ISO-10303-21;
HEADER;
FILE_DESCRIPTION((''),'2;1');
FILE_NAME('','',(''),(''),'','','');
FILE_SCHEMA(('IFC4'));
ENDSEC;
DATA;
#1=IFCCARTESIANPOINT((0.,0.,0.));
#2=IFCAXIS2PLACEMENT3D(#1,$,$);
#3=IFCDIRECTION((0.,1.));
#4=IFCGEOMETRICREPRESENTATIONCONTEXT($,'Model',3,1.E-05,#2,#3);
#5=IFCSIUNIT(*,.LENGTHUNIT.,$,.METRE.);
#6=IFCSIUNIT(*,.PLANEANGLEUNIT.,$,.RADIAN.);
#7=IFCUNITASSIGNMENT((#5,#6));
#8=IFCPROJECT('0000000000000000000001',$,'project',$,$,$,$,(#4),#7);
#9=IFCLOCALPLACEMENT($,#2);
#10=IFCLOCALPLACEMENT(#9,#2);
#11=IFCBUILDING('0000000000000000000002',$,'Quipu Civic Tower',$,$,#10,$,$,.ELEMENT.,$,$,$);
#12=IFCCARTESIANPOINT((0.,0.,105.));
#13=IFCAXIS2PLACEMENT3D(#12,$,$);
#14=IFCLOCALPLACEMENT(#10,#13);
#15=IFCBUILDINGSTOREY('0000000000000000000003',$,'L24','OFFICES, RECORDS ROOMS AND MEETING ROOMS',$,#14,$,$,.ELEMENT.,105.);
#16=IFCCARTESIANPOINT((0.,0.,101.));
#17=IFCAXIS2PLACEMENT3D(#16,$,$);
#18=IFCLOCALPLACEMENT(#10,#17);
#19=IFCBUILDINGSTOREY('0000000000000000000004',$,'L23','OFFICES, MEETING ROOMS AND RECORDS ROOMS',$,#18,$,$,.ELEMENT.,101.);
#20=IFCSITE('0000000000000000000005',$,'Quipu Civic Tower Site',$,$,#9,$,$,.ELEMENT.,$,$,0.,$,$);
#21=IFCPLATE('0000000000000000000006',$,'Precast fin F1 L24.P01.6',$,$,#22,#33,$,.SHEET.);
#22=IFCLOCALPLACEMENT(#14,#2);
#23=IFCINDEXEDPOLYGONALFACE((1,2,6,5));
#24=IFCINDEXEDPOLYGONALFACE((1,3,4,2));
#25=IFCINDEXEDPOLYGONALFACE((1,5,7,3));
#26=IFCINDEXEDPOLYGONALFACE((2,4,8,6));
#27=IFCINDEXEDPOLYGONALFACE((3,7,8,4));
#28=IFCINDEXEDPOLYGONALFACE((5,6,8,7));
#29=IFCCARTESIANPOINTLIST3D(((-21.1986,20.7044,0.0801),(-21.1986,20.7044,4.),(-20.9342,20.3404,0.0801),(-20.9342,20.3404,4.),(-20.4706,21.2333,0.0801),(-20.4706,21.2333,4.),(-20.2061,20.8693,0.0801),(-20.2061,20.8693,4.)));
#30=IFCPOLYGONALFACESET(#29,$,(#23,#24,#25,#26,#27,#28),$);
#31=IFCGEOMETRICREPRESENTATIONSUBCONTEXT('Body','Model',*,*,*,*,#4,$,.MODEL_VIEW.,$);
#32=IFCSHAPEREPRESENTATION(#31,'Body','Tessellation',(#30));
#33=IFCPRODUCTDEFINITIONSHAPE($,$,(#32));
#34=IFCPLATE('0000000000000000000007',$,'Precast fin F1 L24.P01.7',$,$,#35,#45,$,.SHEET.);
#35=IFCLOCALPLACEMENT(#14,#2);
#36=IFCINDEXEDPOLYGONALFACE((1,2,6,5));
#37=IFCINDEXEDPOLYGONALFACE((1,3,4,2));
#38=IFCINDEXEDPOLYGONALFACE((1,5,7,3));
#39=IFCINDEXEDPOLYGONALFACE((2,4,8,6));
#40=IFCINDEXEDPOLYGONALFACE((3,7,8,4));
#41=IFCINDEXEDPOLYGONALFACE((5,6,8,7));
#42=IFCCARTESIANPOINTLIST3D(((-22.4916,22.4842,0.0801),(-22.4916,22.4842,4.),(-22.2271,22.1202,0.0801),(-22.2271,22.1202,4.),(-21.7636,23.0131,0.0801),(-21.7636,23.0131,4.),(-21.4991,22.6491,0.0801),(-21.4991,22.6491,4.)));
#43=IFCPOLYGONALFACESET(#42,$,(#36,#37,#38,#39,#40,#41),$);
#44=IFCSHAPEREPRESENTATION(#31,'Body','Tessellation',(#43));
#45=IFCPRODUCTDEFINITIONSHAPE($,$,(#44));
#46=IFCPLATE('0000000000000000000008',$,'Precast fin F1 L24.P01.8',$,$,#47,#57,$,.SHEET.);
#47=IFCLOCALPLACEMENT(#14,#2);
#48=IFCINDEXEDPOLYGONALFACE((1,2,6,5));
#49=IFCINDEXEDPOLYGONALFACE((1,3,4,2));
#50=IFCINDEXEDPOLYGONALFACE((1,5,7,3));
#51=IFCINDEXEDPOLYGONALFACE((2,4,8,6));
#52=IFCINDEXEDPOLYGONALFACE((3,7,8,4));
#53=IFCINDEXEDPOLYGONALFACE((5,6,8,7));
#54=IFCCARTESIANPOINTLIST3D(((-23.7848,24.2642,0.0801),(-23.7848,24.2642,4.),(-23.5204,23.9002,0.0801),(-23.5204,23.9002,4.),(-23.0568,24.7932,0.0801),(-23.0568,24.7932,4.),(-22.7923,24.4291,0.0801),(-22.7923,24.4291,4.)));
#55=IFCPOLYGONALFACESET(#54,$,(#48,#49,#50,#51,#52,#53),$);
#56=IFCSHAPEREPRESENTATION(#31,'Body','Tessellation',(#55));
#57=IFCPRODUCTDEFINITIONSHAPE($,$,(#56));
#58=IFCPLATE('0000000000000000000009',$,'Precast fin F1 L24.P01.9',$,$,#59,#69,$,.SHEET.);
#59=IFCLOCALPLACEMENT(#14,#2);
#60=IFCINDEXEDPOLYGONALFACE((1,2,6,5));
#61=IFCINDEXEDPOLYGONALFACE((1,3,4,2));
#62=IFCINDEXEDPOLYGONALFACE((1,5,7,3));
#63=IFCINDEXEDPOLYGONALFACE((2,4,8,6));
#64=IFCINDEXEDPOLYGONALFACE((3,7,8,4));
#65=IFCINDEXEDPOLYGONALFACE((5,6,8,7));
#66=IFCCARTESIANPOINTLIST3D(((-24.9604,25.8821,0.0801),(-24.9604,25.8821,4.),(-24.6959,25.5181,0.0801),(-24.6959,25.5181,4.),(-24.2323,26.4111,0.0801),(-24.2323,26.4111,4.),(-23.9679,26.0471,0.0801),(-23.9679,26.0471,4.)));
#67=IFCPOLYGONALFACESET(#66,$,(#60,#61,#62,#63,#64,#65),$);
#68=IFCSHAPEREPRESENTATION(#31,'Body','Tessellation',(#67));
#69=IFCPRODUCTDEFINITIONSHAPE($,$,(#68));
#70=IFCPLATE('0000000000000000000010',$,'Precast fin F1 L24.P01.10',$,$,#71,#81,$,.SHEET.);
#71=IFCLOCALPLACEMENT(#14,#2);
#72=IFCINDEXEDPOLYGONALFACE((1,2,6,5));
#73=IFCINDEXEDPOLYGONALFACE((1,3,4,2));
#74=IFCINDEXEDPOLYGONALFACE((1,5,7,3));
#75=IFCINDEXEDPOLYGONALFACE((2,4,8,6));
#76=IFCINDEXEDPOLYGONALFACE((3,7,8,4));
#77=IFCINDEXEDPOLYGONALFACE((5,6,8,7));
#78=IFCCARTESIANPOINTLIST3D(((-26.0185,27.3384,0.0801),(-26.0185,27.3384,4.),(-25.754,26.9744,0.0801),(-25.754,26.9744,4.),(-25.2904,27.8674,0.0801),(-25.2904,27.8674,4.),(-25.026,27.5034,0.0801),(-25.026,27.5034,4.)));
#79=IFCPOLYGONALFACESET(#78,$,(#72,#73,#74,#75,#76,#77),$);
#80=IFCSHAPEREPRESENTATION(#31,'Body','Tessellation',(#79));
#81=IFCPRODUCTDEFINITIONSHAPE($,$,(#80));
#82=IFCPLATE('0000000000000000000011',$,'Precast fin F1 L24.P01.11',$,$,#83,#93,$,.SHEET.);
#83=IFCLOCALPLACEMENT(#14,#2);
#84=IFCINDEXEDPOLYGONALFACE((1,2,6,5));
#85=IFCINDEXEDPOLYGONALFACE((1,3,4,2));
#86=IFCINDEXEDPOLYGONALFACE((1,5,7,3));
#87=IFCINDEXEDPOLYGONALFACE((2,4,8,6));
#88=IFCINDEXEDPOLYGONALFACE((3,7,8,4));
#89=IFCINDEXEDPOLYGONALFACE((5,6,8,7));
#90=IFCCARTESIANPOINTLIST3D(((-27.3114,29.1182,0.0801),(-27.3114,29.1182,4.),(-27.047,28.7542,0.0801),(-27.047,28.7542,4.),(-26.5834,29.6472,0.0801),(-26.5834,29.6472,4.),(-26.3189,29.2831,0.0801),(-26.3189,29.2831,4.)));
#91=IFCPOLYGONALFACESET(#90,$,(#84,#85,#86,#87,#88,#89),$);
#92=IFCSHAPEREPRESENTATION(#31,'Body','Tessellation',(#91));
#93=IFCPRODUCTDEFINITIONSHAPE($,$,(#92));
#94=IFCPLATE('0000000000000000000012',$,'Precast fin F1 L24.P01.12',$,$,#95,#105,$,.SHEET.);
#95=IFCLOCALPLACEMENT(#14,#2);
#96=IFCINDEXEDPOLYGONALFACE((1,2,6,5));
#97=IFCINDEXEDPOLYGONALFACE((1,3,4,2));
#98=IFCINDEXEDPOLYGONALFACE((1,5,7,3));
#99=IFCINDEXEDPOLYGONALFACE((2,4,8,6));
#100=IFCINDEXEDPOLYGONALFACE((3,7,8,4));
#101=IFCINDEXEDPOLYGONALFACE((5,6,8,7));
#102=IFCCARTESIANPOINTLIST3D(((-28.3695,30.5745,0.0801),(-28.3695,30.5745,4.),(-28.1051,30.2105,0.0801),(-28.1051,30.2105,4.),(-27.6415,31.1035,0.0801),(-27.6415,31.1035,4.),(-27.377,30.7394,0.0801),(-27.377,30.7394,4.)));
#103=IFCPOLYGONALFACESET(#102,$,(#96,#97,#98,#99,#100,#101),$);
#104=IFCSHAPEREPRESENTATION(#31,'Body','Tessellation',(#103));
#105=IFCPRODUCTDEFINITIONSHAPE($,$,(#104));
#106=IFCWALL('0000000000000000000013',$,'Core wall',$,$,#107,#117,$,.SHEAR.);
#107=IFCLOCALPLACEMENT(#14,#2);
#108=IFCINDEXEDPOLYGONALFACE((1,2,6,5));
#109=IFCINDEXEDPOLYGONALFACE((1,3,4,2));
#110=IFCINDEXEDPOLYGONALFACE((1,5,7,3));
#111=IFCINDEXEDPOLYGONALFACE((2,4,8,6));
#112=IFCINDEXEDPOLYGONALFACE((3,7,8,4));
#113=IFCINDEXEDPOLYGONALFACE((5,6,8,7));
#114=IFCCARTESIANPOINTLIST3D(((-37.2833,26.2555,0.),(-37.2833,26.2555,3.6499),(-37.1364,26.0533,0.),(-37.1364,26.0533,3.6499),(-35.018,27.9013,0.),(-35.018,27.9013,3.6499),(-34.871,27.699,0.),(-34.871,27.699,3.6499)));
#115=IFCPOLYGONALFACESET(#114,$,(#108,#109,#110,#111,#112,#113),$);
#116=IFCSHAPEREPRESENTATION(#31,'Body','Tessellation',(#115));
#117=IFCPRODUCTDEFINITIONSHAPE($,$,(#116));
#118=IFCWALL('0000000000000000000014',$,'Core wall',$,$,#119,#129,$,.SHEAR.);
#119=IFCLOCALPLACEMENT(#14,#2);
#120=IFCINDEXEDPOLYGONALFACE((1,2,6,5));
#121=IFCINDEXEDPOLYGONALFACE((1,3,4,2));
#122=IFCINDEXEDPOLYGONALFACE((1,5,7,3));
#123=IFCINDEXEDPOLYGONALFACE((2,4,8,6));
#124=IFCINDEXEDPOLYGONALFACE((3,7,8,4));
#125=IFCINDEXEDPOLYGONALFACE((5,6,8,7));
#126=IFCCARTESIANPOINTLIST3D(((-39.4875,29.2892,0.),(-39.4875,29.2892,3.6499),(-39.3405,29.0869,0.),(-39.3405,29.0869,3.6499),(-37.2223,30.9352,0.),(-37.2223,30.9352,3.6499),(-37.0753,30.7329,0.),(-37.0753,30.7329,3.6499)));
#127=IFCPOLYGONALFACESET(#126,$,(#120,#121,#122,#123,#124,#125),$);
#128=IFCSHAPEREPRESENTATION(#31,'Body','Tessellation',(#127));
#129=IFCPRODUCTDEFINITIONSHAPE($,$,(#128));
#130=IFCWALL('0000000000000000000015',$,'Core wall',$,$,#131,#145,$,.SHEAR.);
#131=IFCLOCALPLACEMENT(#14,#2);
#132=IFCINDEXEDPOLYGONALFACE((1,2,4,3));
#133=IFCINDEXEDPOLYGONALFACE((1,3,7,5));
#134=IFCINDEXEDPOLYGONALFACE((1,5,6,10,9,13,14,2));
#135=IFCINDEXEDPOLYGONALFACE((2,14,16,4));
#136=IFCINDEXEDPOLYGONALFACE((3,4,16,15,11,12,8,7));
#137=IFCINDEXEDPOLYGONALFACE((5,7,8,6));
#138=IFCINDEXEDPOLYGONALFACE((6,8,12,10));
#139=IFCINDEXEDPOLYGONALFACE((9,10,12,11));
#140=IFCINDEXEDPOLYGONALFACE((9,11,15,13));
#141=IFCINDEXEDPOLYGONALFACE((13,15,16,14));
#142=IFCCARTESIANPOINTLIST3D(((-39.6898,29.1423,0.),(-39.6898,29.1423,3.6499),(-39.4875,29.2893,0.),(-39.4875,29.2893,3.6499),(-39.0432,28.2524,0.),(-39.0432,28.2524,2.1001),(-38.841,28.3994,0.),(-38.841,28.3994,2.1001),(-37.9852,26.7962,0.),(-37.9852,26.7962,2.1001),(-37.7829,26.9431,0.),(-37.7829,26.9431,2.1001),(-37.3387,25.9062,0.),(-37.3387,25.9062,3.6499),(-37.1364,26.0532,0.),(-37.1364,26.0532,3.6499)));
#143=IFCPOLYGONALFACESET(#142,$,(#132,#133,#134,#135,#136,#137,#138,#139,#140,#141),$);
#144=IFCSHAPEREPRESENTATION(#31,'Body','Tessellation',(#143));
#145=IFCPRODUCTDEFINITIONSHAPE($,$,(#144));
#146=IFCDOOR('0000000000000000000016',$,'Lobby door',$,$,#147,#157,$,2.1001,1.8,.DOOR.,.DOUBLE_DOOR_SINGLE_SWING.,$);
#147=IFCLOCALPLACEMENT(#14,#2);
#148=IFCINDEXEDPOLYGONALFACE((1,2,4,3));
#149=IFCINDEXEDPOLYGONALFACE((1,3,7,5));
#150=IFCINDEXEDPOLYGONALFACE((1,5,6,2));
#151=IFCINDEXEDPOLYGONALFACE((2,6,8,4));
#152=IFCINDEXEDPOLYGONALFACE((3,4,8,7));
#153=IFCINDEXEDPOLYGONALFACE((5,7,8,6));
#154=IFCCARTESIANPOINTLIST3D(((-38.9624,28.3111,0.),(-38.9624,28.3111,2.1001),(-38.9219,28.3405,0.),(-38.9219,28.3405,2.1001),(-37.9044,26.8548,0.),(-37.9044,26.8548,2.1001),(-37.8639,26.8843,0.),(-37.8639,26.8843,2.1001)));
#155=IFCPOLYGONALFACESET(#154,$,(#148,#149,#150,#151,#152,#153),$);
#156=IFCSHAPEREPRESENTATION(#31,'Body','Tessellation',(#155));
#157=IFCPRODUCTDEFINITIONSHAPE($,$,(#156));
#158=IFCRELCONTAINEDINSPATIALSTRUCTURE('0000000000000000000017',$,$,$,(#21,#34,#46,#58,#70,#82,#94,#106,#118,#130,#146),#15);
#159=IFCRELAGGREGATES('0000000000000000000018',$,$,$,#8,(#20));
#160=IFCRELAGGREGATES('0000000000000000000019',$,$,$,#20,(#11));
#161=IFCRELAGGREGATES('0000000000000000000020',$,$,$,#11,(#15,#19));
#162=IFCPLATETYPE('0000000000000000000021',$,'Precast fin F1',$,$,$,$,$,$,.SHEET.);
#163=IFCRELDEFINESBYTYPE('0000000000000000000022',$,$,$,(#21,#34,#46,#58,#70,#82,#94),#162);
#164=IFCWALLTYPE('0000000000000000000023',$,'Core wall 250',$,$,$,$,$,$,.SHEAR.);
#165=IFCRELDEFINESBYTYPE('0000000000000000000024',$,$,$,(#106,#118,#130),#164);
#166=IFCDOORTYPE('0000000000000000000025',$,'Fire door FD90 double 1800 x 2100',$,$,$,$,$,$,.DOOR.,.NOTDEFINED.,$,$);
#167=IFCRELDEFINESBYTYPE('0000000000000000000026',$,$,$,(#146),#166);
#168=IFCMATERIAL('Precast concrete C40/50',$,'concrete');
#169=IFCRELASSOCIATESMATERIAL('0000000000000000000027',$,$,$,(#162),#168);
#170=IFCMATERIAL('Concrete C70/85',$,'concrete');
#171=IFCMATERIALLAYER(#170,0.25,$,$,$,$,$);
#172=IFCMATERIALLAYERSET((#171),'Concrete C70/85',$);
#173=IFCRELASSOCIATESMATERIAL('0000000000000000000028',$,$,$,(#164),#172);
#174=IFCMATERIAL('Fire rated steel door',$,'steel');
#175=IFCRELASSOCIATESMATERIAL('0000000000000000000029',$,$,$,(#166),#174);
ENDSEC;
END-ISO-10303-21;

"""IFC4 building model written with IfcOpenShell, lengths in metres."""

from ifc_helpers import new_model, si_unit, direction, frame, frame_2d, origin, origin_2d, place, context, subcontext, project, spatial, rectangle, extrude, material, layer, layer_set, type_object, element, fill, save


model = new_model("IFC4")

# Units and contexts
model_context = context("Model", 3, precision=1e-05, world=origin(), true_north=direction((0.0, 1.0)))
body_context = subcontext(model_context, "Body", "Model", "MODEL_VIEW")
ifc_project = project(units=[si_unit("LENGTHUNIT", "METRE"), si_unit("PLANEANGLEUNIT", "RADIAN")], contexts=[model_context])

# Site, building, storey
site_placement = place(None, origin())
site = spatial("IfcSite", under=ifc_project, at=site_placement, Name="Quipu Civic Tower Site", CompositionType="ELEMENT", RefElevation=0.0)
building_placement = place(site_placement, origin())
building = spatial("IfcBuilding", under=site, at=building_placement, Name="Quipu Civic Tower", CompositionType="ELEMENT")
storey_1_placement = place(building_placement, frame((0.0, 0.0, 105.0)))
storey_1 = spatial("IfcBuildingStorey", under=building, at=storey_1_placement, Name="L24", Description="OFFICES, RECORDS ROOMS AND MEETING ROOMS", CompositionType="ELEMENT", Elevation=105.0)

# Shared definitions
storey_2_placement = place(building_placement, frame((0.0, 0.0, 101.0)))
storey_2 = spatial("IfcBuildingStorey", under=building, at=storey_2_placement, Name="L23", Description="OFFICES, MEETING ROOMS AND RECORDS ROOMS", CompositionType="ELEMENT", Elevation=101.0)

# Plates
ifc_material_1 = material(Name="Precast concrete C40/50", Category="concrete")
plate_type_1 = type_object("IfcPlateType", Name="Precast fin F1", PredefinedType="SHEET", material=ifc_material_1)
for number, where, z_axis, x_axis, name in (
    (1, (-20.7024, 20.7869, 0.0801), (0.0, 0.0, 1.0), (-0.587785, 0.809017, 0.0), "Precast fin F1 L24.P01.6"),
    (2, (-21.9954, 22.5667, 0.0801), (0.0, 0.0, 1.0), (-0.587785, 0.809017, 0.0), "Precast fin F1 L24.P01.7"),
    (3, (-23.2886, 24.3467, 0.0801), (0.0, 0.0, 1.0), (-0.587785, 0.809017, 0.0), "Precast fin F1 L24.P01.8"),
    (4, (-24.4641, 25.9646, 0.0801), (0.0, 0.0, 1.0), (-0.587785, 0.809017, 0.0), "Precast fin F1 L24.P01.9"),
    (5, (-25.5222, 27.4209, 0.0801), (0.0, 0.0, 1.0), (-0.587785, 0.809017, 0.0), "Precast fin F1 L24.P01.10"),
    (6, (-26.8152, 29.2007, 0.0801), (0.0, 0.0, 1.0), (-0.587785, 0.809017, 0.0), "Precast fin F1 L24.P01.11"),
    (7, (-27.8733, 30.657, 0.0801), (0.0, 0.0, 1.0), (-0.587785, 0.809017, 0.0), "Precast fin F1 L24.P01.12"),
):
    element("IfcPlate", number, at=place(storey_1_placement, frame(where, z_axis=z_axis, x_axis=x_axis)), inside=storey_1, type_object=plate_type_1, Name=name, PredefinedType="SHEET", context=body_context, shape_type="SweptSolid", body=[
        extrude(rectangle(XDim=0.45, YDim=0.8999, at=origin_2d()), origin(), (0.0, 0.0, 1.0), 3.9199),
    ])

# Walls
ifc_material_2 = material(Name="Concrete C70/85", Category="concrete")
ifc_layer_1 = layer(ifc_material_2, 0.25)
ifc_layer_set_1 = layer_set([ifc_layer_1], Name="Concrete C70/85")
wall_type_1 = type_object("IfcWallType", Name="Core wall 250", PredefinedType="SHEAR", material=ifc_layer_set_1)
for number, where, z_axis, x_axis, name in (
    (8, (-34.9446, 27.8, 0.0), (0.0, 0.0, 1.0), (-0.809041, -0.587752, 0.0), "Core wall"),
    (9, (-37.1489, 30.834, 0.0), (0.0, 0.0, 1.0), (-0.80897, -0.58785, 0.0), "Core wall"),
):
    element("IfcWall", number, at=place(storey_1_placement, frame(where, z_axis=z_axis, x_axis=x_axis)), inside=storey_1, type_object=wall_type_1, Name=name, PredefinedType="SHEAR", context=body_context, shape_type="SweptSolid", body=[
        extrude(rectangle(XDim=2.8, YDim=0.25, at=frame_2d((1.3999, 0.0))), origin(), (0.0, 0.0, 1.0), 3.6499),
    ])

# Wall, opening, door
wall_1_placement = place(storey_1_placement, frame((-39.5886, 29.2158, 0.0), z_axis=(0.0, 0.0, 1.0), x_axis=(0.587772, -0.809026, 0.0)))
wall_1 = element("IfcWall", 10, at=wall_1_placement, inside=storey_1, type_object=wall_type_1, Name="Core wall", PredefinedType="SHEAR", context=body_context, shape_type="SweptSolid", body=[
    extrude(rectangle(XDim=4.0, YDim=0.25, at=frame_2d((2.0, 0.0))), origin(), (0.0, 0.0, 1.0), 3.6499),
])
opening_1_placement = place(wall_1_placement, frame((1.1001, 0.0, 0.0)))
opening_1 = element("IfcOpeningElement", 11, at=opening_1_placement, cuts=wall_1, PredefinedType="OPENING", context=body_context, shape_type="SweptSolid", body=[
    extrude(rectangle(XDim=1.8, YDim=2.1001, at=frame_2d((0.8999, 1.05))), frame((0.0, 0.135, 0.0), z_axis=(0.0, -1.0, 0.0), x_axis=(1.0, 0.0, 0.0)), (0.0, 0.0, 1.0), 0.27),
])
ifc_material_3 = material(Name="Fire rated steel door", Category="steel")
door_type_1 = type_object("IfcDoorType", Name="Fire door FD90 double 1800 x 2100", OperationType="NOTDEFINED", PredefinedType="DOOR", material=ifc_material_3)
door_1_placement = place(opening_1_placement, origin())
door_1 = element("IfcDoor", 12, at=door_1_placement, inside=storey_1, type_object=door_type_1, Name="Lobby door", OperationType="DOUBLE_DOOR_SINGLE_SWING", OverallHeight=2.1001, OverallWidth=1.8, PredefinedType="DOOR", context=body_context, shape_type="SweptSolid", body=[
    extrude(rectangle(XDim=1.8, YDim=2.1001, at=frame_2d((0.8999, 1.05))), frame((0.0, 0.0249, 0.0), z_axis=(0.0, -1.0, 0.0), x_axis=(1.0, 0.0, 0.0)), (0.0, 0.0, 1.0), 0.05),
])
fill(opening_1, door_1)

save(model, "model.ifc")
